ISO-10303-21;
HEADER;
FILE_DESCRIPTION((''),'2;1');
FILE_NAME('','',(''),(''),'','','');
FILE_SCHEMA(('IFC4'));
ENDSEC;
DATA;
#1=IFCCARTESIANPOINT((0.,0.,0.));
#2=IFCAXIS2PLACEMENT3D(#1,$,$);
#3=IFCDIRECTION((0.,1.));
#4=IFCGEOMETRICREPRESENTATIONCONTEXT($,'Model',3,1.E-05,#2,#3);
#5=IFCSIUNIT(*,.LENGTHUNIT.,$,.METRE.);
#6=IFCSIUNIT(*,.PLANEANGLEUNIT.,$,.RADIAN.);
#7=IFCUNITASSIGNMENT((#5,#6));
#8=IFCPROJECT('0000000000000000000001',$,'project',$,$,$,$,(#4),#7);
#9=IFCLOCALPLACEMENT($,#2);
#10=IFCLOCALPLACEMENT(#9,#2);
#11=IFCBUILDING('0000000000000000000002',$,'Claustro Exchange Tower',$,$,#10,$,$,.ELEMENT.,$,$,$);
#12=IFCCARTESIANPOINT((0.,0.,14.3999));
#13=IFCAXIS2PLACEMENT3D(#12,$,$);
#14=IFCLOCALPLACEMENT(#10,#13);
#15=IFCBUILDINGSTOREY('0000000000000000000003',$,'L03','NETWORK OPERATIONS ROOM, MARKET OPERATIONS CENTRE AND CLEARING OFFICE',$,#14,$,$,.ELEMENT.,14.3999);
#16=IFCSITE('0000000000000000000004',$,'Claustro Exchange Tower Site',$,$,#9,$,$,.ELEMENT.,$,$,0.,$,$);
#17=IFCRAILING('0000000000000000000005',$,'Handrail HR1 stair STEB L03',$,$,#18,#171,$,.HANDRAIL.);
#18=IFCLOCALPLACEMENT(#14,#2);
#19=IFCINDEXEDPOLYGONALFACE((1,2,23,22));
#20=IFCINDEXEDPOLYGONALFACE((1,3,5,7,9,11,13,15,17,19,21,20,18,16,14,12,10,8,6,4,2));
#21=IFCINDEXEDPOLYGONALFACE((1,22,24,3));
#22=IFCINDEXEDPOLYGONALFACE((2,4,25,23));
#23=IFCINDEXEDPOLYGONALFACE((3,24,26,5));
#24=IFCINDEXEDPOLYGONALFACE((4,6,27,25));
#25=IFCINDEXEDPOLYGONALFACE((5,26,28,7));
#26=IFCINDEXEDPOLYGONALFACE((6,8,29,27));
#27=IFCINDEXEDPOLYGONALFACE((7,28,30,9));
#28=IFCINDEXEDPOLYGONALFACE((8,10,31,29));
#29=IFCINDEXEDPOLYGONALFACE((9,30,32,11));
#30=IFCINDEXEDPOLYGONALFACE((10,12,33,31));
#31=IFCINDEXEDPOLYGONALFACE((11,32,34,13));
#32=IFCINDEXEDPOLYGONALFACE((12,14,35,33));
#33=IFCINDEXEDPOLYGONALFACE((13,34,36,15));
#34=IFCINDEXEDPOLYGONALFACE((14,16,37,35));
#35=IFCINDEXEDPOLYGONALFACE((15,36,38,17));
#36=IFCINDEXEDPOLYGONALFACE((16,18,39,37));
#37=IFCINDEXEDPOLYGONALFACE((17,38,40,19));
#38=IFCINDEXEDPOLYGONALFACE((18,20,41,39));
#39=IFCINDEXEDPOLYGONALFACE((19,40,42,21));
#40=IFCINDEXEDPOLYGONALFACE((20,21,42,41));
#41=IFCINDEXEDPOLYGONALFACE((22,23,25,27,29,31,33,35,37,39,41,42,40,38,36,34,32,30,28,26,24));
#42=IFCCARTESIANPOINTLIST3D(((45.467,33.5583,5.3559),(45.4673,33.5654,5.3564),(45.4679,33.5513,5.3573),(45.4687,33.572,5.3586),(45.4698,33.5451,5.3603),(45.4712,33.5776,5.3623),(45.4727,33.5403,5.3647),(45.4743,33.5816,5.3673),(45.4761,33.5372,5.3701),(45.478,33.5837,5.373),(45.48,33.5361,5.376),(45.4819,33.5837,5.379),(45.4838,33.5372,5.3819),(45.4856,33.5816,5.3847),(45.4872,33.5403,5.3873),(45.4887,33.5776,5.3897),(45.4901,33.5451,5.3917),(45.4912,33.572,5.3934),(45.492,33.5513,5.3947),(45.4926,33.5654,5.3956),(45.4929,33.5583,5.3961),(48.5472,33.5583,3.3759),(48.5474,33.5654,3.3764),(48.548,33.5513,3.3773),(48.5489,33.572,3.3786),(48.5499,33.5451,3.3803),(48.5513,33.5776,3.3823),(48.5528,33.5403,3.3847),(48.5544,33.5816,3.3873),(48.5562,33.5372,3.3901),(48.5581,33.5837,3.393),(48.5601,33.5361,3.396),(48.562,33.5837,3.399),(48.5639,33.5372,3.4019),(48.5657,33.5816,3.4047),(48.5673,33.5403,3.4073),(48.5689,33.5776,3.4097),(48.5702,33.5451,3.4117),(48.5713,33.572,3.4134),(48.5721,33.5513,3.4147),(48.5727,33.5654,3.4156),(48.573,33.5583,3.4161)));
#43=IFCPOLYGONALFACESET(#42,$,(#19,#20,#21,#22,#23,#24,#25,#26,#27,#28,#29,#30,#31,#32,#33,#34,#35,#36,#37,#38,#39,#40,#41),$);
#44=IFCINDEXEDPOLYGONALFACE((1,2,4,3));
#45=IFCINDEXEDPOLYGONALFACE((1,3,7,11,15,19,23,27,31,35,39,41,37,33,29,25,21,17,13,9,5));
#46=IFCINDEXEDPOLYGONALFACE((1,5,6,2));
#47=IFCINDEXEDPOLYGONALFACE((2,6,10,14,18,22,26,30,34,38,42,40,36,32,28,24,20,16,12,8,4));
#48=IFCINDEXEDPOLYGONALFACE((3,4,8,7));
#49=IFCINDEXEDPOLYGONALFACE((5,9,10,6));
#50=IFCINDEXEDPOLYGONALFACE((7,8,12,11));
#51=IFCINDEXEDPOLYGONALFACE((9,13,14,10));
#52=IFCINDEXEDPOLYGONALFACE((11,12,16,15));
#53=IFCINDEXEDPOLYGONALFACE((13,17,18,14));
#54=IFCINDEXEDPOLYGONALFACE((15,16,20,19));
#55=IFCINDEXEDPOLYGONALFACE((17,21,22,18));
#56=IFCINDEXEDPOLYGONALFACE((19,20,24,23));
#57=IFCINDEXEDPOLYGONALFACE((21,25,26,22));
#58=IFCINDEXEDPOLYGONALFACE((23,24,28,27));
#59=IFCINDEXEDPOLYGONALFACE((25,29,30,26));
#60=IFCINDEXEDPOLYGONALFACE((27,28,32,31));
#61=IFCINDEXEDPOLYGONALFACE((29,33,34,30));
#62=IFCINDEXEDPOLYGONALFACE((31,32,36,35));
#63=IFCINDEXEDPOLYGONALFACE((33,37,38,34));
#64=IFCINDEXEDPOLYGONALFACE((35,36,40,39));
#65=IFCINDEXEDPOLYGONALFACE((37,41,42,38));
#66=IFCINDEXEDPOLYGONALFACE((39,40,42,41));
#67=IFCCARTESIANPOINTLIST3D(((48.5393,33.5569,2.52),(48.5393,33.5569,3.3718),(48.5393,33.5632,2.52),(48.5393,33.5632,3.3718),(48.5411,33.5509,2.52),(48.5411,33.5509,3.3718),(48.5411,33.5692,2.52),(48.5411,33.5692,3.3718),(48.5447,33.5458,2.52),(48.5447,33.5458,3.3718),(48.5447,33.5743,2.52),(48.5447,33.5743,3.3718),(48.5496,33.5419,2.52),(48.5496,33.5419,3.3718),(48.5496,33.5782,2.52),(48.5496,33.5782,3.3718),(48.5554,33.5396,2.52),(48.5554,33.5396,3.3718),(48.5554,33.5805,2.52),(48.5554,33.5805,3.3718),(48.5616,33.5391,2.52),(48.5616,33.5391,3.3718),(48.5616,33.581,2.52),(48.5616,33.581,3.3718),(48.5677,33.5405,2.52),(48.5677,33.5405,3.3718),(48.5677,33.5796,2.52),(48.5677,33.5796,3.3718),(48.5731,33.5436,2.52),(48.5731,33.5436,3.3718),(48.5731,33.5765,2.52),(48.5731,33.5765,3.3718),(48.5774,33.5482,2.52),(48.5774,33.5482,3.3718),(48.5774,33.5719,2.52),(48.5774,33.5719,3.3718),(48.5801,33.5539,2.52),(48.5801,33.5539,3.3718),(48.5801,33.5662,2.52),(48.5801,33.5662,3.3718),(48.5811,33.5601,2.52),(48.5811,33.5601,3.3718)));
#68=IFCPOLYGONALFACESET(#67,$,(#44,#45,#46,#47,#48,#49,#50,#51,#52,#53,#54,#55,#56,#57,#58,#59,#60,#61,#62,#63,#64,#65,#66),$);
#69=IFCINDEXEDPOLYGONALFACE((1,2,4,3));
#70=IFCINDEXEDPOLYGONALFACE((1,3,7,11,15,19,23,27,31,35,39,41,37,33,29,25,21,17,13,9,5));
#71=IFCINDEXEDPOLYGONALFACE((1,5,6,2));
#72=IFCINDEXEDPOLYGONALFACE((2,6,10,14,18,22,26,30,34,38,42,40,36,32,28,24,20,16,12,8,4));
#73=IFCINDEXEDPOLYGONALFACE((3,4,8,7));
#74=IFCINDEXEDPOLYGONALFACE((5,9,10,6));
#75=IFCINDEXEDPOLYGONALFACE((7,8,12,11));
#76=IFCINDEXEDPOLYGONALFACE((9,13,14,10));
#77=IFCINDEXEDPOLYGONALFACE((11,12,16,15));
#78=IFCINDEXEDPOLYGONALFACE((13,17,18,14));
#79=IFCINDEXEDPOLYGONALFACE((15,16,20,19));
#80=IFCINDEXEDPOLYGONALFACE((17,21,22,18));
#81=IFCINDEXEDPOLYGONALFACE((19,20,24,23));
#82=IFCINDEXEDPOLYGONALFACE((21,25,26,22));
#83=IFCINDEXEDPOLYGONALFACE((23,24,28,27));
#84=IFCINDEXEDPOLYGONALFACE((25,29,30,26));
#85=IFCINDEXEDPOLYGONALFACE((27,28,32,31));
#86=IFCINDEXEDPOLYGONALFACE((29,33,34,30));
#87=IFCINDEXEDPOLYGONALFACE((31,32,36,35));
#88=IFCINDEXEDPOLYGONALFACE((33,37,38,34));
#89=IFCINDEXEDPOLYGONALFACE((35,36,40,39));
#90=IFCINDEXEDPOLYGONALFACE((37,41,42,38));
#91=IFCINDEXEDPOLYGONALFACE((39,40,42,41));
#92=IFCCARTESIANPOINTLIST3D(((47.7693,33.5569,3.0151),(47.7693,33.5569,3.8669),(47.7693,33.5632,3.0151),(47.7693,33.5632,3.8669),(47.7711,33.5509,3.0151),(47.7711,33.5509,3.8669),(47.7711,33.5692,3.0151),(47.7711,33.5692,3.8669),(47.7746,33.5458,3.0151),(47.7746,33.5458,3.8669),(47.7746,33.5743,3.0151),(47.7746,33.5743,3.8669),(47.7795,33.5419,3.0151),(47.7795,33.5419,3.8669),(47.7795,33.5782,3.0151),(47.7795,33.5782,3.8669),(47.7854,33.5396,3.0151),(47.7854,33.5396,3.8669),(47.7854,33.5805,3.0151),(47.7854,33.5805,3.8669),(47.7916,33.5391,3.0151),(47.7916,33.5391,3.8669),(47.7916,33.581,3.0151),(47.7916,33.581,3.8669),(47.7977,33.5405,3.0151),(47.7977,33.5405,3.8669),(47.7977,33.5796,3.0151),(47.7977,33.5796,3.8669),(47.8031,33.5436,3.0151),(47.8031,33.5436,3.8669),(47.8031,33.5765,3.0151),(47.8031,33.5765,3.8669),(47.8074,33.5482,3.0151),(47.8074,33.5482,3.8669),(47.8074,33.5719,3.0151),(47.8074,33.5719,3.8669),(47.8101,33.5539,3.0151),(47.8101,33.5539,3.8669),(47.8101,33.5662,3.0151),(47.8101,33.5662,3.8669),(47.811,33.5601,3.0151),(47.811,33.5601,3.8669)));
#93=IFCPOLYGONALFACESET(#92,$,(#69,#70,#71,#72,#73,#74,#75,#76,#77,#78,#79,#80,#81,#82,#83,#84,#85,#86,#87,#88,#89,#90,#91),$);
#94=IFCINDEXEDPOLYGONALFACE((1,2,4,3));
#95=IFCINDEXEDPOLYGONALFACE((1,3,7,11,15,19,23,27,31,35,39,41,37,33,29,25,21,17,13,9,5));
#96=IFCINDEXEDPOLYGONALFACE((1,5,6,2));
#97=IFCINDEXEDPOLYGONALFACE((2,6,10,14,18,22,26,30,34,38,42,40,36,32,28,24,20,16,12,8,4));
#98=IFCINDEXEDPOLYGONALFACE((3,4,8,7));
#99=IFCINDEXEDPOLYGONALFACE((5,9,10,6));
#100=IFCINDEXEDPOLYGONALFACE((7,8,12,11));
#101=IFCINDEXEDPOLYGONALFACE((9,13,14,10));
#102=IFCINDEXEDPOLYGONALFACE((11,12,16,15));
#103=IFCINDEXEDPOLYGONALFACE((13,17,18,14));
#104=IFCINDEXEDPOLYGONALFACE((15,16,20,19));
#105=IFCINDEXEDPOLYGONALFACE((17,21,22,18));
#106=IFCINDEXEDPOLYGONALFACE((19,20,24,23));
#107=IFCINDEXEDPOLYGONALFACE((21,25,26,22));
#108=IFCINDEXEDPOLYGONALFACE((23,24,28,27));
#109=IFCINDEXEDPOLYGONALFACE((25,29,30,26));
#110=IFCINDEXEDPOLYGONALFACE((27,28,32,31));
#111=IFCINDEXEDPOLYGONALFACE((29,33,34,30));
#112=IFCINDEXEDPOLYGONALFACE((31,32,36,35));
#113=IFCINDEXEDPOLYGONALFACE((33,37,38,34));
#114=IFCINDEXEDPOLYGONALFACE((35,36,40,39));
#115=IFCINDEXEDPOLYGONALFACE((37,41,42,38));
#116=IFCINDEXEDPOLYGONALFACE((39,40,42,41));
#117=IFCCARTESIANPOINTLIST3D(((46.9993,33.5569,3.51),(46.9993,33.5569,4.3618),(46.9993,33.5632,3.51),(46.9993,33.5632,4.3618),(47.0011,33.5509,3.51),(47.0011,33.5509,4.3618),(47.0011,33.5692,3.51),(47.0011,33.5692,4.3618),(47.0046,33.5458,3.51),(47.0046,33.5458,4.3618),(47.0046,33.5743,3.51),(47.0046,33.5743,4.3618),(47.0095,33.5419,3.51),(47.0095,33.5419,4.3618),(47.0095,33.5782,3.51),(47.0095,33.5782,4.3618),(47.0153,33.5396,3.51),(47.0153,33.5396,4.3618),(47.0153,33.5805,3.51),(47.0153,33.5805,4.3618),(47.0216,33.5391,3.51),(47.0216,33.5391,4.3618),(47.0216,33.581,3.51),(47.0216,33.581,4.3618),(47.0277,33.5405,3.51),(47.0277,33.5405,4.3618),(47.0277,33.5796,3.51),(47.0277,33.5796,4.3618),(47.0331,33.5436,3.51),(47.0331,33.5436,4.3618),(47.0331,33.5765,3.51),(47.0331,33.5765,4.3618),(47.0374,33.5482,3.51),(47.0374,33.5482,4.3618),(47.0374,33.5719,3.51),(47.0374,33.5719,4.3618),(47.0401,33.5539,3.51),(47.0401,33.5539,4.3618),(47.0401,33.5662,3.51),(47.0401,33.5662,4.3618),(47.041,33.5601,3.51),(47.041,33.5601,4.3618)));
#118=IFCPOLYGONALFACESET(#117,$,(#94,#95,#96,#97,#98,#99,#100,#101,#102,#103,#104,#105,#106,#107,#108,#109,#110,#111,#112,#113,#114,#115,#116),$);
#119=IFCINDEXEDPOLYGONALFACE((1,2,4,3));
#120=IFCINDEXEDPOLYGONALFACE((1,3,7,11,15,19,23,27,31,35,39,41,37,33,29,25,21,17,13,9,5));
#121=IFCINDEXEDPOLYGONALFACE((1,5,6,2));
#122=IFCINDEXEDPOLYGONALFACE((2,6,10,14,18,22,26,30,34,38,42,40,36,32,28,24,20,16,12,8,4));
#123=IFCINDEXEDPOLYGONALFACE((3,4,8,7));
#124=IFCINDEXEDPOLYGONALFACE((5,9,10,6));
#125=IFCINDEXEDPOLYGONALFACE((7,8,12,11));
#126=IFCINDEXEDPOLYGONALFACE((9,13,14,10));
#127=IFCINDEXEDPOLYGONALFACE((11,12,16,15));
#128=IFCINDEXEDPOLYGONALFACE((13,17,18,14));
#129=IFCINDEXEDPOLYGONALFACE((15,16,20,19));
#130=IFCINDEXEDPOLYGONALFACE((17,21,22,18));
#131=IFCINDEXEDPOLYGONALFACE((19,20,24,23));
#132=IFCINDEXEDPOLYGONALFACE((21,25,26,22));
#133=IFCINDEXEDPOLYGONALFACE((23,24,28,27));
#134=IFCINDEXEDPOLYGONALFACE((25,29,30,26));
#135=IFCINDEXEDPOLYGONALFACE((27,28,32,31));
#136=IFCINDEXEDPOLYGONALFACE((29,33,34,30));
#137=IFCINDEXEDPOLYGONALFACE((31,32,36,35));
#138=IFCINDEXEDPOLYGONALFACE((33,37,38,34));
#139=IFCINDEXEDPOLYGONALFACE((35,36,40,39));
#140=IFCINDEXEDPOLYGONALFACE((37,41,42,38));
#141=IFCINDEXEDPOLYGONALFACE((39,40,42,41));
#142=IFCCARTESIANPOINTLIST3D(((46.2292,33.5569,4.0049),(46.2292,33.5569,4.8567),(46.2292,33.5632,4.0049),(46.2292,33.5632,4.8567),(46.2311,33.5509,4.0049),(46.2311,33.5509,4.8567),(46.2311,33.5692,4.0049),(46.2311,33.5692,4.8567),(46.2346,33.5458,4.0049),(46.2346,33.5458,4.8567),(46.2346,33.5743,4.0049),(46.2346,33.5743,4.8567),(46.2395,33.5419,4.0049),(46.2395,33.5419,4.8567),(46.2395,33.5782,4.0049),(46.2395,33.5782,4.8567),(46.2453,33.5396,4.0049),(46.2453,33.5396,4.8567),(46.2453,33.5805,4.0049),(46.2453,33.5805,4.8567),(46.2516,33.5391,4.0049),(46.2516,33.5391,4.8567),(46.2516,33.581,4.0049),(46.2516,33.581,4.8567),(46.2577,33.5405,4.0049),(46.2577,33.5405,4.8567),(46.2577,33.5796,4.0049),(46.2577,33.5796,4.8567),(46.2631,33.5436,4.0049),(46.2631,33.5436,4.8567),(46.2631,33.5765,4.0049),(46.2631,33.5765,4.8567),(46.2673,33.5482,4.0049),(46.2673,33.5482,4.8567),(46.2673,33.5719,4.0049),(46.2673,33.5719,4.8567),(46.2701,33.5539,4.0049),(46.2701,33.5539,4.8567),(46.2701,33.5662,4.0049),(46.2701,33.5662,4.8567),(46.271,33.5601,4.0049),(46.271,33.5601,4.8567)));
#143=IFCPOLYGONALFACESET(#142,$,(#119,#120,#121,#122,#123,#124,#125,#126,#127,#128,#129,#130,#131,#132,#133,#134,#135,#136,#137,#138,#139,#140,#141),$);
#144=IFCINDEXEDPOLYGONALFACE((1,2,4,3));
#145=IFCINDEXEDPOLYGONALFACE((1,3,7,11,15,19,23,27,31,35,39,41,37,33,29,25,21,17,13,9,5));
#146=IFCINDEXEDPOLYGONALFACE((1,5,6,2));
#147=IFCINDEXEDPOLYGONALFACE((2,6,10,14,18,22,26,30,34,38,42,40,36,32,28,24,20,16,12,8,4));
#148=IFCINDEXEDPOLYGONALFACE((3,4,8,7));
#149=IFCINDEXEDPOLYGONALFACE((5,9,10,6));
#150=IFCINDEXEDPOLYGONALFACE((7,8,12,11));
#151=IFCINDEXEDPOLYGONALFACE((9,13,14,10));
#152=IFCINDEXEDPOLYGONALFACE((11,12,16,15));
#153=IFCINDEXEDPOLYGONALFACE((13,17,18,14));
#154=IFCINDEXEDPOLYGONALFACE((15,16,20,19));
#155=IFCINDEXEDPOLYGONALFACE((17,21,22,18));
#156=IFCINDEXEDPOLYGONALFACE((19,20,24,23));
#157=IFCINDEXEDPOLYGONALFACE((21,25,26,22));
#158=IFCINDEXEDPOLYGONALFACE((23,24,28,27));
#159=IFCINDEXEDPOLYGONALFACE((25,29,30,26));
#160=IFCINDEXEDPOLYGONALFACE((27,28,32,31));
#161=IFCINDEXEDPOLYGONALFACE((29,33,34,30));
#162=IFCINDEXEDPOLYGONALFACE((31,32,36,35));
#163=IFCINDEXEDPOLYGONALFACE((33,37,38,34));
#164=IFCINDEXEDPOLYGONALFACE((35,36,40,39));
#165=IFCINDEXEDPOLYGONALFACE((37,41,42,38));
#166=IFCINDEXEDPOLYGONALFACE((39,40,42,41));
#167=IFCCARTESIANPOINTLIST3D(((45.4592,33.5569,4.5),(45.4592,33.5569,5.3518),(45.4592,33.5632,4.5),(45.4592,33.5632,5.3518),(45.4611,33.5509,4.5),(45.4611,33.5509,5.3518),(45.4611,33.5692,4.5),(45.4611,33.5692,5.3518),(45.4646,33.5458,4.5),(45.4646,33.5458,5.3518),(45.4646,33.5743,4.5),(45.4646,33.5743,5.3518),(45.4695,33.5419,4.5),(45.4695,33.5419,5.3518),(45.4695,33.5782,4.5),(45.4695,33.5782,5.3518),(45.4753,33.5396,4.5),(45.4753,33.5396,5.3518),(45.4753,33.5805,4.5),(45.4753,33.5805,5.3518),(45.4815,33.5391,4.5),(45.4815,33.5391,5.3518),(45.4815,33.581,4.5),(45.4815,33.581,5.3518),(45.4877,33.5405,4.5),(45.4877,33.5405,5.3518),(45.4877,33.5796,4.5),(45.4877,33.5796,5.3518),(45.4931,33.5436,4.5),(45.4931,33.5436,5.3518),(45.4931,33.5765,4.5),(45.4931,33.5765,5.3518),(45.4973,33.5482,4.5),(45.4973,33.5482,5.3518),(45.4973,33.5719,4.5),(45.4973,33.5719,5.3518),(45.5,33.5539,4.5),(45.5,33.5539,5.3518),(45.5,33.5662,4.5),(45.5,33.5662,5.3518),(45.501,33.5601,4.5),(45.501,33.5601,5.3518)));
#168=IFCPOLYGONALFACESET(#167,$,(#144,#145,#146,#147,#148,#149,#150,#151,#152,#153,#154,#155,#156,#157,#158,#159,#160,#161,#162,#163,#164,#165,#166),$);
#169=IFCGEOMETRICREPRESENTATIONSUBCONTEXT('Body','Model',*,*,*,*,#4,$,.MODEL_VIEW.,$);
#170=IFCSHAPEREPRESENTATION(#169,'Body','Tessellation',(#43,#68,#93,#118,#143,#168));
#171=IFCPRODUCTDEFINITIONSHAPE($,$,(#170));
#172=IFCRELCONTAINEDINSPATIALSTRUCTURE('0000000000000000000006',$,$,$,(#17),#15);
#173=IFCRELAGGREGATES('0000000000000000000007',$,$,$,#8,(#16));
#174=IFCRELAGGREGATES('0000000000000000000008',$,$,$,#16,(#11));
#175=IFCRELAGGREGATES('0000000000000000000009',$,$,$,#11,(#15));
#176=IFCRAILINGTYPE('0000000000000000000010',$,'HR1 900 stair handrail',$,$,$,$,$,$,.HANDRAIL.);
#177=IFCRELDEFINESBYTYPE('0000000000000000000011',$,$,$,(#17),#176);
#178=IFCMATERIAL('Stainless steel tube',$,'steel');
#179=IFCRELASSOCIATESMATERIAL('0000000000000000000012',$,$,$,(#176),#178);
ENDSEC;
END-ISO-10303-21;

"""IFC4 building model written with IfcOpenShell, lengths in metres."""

from ifc_helpers import new_model, si_unit, direction, frame, origin, origin_2d, place, context, subcontext, project, spatial, circle, extrude, material, type_object, element, save


model = new_model("IFC4")

# Units and contexts
model_context = context("Model", 3, precision=1e-05, world=origin(), true_north=direction((0.0, 1.0)))
body_context = subcontext(model_context, "Body", "Model", "MODEL_VIEW")
ifc_project = project(units=[si_unit("LENGTHUNIT", "METRE"), si_unit("PLANEANGLEUNIT", "RADIAN")], contexts=[model_context])

# Site, building, storey
site_placement = place(None, origin())
site = spatial("IfcSite", under=ifc_project, at=site_placement, Name="Claustro Exchange Tower Site", CompositionType="ELEMENT", RefElevation=0.0)
building_placement = place(site_placement, origin())
building = spatial("IfcBuilding", under=site, at=building_placement, Name="Claustro Exchange Tower", CompositionType="ELEMENT")
storey_placement = place(building_placement, frame((0.0, 0.0, 14.3999)))
storey = spatial("IfcBuildingStorey", under=building, at=storey_placement, Name="L03", Description="NETWORK OPERATIONS ROOM, MARKET OPERATIONS CENTRE AND CLEARING OFFICE", CompositionType="ELEMENT", Elevation=14.3999)

# Railing
ifc_material_1 = material(Name="Stainless steel tube", Category="steel")
railing_type_1 = type_object("IfcRailingType", Name="HR1 900 stair handrail", PredefinedType="HANDRAIL", material=ifc_material_1)
railing_1_placement = place(storey_placement, frame((48.5601, 33.5601, 2.52)))
element("IfcRailing", 1, at=railing_1_placement, inside=storey, type_object=railing_type_1, Name="Handrail HR1 stair STEB L03", PredefinedType="HANDRAIL", context=body_context, shape_type="SweptSolid", body=[
    extrude(circle(Radius=0.0239, at=origin_2d()), frame((0.0, 0.0, 0.876), z_axis=(-0.841187, 0.0, 0.540744), x_axis=(0.0, -1.0, 0.0)), (0.0, 0.0, 1.0), 3.6616),
    extrude(circle(Radius=0.021, at=origin_2d()), origin(), (0.0, 0.0, 1.0), 0.8518),
    extrude(circle(Radius=0.021, at=origin_2d()), frame((-0.77, 0.0, 0.4951)), (0.0, 0.0, 1.0), 0.8518),
    extrude(circle(Radius=0.021, at=origin_2d()), frame((-1.54, 0.0, 0.99)), (0.0, 0.0, 1.0), 0.8518),
    extrude(circle(Radius=0.021, at=origin_2d()), frame((-2.3101, 0.0, 1.4849)), (0.0, 0.0, 1.0), 0.8518),
    extrude(circle(Radius=0.021, at=origin_2d()), frame((-3.0801, 0.0, 1.98)), (0.0, 0.0, 1.0), 0.8518),
])

save(model, "model.ifc")
